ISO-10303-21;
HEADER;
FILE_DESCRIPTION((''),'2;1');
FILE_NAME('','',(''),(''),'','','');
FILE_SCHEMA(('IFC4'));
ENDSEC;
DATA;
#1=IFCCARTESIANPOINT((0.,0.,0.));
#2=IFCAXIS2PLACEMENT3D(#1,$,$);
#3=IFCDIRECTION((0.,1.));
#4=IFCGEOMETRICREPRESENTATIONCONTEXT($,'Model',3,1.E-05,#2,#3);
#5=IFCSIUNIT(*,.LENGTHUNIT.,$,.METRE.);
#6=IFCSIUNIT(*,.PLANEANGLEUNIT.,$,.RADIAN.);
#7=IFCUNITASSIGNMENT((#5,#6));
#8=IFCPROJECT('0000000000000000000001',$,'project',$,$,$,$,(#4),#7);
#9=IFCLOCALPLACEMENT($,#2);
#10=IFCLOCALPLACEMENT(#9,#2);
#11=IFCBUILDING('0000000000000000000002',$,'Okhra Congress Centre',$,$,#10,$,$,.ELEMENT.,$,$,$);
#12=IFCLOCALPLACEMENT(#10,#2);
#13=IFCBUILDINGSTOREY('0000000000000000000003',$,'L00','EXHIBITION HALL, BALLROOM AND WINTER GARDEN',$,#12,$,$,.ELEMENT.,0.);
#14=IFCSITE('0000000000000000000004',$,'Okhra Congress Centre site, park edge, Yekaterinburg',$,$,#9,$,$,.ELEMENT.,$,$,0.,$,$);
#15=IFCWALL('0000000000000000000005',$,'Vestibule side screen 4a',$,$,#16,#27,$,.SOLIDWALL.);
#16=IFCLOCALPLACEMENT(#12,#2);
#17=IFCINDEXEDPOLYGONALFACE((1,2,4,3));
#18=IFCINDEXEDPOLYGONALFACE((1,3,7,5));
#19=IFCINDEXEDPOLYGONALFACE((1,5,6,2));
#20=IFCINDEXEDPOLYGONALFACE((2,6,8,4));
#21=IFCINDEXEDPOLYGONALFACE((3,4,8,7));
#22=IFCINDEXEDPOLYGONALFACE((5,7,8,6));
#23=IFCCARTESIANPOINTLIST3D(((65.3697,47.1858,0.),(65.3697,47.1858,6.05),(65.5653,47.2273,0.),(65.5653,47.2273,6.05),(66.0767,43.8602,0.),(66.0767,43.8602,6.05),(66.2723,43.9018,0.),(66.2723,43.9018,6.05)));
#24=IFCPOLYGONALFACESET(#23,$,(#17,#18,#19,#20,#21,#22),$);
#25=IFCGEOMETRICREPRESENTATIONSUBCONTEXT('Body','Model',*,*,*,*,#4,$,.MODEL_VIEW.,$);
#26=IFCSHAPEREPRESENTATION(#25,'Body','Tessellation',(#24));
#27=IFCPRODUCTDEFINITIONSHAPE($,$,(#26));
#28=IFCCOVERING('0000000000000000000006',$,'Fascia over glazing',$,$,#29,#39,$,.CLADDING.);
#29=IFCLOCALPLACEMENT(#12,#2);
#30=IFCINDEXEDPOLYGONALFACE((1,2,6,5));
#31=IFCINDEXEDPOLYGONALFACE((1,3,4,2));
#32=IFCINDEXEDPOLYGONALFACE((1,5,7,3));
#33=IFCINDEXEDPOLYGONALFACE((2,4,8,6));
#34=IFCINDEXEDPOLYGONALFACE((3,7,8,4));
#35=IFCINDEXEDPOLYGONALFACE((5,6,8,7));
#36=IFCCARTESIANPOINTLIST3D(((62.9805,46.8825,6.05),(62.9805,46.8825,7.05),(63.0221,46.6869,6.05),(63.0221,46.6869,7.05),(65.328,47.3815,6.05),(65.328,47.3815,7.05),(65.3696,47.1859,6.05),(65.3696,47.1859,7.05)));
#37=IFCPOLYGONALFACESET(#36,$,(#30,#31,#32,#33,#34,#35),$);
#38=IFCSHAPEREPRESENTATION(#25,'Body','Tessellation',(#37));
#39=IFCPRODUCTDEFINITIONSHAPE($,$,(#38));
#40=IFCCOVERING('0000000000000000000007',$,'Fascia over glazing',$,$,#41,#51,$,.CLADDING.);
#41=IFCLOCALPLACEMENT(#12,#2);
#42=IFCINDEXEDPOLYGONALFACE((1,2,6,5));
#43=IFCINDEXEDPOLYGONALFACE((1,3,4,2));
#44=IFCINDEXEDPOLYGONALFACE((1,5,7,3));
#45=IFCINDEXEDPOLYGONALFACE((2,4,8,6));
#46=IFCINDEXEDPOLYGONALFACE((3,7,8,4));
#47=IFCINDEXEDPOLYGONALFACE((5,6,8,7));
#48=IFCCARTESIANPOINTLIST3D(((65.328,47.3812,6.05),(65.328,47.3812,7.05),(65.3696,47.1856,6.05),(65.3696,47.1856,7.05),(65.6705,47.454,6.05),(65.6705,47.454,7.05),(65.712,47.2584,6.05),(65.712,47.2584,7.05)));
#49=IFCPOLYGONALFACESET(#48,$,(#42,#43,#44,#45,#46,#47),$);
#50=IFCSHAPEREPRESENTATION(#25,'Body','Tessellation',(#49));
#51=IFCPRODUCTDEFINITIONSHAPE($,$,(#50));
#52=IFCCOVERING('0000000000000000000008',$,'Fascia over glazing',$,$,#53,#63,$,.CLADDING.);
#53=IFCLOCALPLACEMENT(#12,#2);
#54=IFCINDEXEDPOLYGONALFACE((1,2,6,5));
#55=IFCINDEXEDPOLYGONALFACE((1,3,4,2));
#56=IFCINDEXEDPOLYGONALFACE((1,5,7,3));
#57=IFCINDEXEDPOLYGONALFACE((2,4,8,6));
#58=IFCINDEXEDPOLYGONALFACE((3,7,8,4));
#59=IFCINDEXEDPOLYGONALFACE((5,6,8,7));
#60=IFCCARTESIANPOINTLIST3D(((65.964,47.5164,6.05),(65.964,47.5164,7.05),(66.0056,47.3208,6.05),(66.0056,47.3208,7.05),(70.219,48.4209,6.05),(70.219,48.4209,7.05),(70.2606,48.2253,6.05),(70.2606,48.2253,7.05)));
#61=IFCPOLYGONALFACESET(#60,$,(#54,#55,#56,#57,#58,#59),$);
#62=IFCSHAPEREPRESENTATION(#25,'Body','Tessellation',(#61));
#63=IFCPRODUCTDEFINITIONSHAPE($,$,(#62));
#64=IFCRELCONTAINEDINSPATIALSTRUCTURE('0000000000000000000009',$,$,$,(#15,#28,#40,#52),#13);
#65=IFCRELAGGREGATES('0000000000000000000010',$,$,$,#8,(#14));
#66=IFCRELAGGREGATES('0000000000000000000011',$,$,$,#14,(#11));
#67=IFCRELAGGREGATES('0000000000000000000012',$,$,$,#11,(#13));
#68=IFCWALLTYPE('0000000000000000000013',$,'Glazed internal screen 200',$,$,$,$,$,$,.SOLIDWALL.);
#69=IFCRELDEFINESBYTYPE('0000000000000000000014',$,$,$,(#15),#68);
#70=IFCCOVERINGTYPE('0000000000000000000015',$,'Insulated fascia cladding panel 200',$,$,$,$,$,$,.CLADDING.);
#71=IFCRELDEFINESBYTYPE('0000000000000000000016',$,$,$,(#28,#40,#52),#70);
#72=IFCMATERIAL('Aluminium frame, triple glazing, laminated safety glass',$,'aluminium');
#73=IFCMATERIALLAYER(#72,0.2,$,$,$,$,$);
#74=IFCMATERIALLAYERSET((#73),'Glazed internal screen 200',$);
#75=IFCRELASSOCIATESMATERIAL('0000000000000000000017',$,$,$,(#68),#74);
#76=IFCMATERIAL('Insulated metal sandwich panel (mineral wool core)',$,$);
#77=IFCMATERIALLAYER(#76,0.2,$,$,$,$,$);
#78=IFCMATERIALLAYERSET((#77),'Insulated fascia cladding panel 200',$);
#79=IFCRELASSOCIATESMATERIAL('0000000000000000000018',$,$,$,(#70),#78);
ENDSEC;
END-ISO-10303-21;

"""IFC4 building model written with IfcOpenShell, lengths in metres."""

from ifc_helpers import new_model, si_unit, direction, frame, frame_2d, origin, origin_2d, place, context, subcontext, project, spatial, rectangle, extrude, material, layer, layer_set, type_object, element, save


model = new_model("IFC4")

# Units and contexts
model_context = context("Model", 3, precision=1e-05, world=origin(), true_north=direction((0.0, 1.0)))
body_context = subcontext(model_context, "Body", "Model", "MODEL_VIEW")
ifc_project = project(units=[si_unit("LENGTHUNIT", "METRE"), si_unit("PLANEANGLEUNIT", "RADIAN")], contexts=[model_context])

# Site, building, storey
site_placement = place(None, origin())
site = spatial("IfcSite", under=ifc_project, at=site_placement, Name="Okhra Congress Centre site, park edge, Yekaterinburg", CompositionType="ELEMENT", RefElevation=0.0)
building_placement = place(site_placement, origin())
building = spatial("IfcBuilding", under=site, at=building_placement, Name="Okhra Congress Centre", CompositionType="ELEMENT")
storey_placement = place(building_placement, origin())
storey = spatial("IfcBuildingStorey", under=building, at=storey_placement, Name="L00", Description="EXHIBITION HALL, BALLROOM AND WINTER GARDEN", CompositionType="ELEMENT", Elevation=0.0)

# Shared definitions
ifc_material_1 = material(Name="Aluminium frame, triple glazing, laminated safety glass", Category="aluminium")

# Wall
ifc_layer_1 = layer(ifc_material_1, 0.2)
ifc_layer_set_1 = layer_set([ifc_layer_1], Name="Glazed internal screen 200")
wall_type_1 = type_object("IfcWallType", Name="Glazed internal screen 200", PredefinedType="SOLIDWALL", material=ifc_layer_set_1)
wall_1_placement = place(storey_placement, frame((65.4675, 47.2065, 0.0), z_axis=(0.0, 0.0, 1.0), x_axis=(0.20795, -0.97814, 0.0)))
element("IfcWall", 1, at=wall_1_placement, inside=storey, type_object=wall_type_1, Name="Vestibule side screen 4a", PredefinedType="SOLIDWALL", context=body_context, shape_type="SweptSolid", body=[
    extrude(rectangle(XDim=3.3999, YDim=0.2, at=frame_2d((1.7, 0.0))), origin(), (0.0, 0.0, 1.0), 6.05),
])

# Coverings
ifc_material_2 = material(Name="Insulated metal sandwich panel (mineral wool core)")
ifc_layer_2 = layer(ifc_material_2, 0.2)
ifc_layer_set_2 = layer_set([ifc_layer_2], Name="Insulated fascia cladding panel 200")
covering_type = type_object("IfcCoveringType", Name="Insulated fascia cladding panel 200", PredefinedType="CLADDING", material=ifc_layer_set_2)
covering_1_placement = place(storey_placement, frame((64.175, 47.0342, 6.05), z_axis=(0.0, 0.0, 1.0), x_axis=(0.978148, 0.207912, 0.0)))
element("IfcCovering", 2, at=covering_1_placement, inside=storey, type_object=covering_type, Name="Fascia over glazing", PredefinedType="CLADDING", context=body_context, shape_type="SweptSolid", body=[
    extrude(rectangle(XDim=2.3999, YDim=0.2, at=origin_2d()), origin(), (0.0, 0.0, 1.0), 1.0),
])
covering_2_placement = place(storey_placement, frame((65.52, 47.3198, 6.05), z_axis=(0.0, 0.0, 1.0), x_axis=(0.978148, 0.207912, 0.0)))
element("IfcCovering", 3, at=covering_2_placement, inside=storey, type_object=covering_type, Name="Fascia over glazing", PredefinedType="CLADDING", context=body_context, shape_type="SweptSolid", body=[
    extrude(rectangle(XDim=0.3501, YDim=0.2, at=origin_2d()), origin(), (0.0, 0.0, 1.0), 1.0),
])
covering_3_placement = place(storey_placement, frame((68.1123, 47.8708, 6.05), z_axis=(0.0, 0.0, 1.0), x_axis=(0.978148, 0.207912, 0.0)))
element("IfcCovering", 4, at=covering_3_placement, inside=storey, type_object=covering_type, Name="Fascia over glazing", PredefinedType="CLADDING", context=body_context, shape_type="SweptSolid", body=[
    extrude(rectangle(XDim=4.3501, YDim=0.2, at=origin_2d()), origin(), (0.0, 0.0, 1.0), 1.0),
])

save(model, "model.ifc")
